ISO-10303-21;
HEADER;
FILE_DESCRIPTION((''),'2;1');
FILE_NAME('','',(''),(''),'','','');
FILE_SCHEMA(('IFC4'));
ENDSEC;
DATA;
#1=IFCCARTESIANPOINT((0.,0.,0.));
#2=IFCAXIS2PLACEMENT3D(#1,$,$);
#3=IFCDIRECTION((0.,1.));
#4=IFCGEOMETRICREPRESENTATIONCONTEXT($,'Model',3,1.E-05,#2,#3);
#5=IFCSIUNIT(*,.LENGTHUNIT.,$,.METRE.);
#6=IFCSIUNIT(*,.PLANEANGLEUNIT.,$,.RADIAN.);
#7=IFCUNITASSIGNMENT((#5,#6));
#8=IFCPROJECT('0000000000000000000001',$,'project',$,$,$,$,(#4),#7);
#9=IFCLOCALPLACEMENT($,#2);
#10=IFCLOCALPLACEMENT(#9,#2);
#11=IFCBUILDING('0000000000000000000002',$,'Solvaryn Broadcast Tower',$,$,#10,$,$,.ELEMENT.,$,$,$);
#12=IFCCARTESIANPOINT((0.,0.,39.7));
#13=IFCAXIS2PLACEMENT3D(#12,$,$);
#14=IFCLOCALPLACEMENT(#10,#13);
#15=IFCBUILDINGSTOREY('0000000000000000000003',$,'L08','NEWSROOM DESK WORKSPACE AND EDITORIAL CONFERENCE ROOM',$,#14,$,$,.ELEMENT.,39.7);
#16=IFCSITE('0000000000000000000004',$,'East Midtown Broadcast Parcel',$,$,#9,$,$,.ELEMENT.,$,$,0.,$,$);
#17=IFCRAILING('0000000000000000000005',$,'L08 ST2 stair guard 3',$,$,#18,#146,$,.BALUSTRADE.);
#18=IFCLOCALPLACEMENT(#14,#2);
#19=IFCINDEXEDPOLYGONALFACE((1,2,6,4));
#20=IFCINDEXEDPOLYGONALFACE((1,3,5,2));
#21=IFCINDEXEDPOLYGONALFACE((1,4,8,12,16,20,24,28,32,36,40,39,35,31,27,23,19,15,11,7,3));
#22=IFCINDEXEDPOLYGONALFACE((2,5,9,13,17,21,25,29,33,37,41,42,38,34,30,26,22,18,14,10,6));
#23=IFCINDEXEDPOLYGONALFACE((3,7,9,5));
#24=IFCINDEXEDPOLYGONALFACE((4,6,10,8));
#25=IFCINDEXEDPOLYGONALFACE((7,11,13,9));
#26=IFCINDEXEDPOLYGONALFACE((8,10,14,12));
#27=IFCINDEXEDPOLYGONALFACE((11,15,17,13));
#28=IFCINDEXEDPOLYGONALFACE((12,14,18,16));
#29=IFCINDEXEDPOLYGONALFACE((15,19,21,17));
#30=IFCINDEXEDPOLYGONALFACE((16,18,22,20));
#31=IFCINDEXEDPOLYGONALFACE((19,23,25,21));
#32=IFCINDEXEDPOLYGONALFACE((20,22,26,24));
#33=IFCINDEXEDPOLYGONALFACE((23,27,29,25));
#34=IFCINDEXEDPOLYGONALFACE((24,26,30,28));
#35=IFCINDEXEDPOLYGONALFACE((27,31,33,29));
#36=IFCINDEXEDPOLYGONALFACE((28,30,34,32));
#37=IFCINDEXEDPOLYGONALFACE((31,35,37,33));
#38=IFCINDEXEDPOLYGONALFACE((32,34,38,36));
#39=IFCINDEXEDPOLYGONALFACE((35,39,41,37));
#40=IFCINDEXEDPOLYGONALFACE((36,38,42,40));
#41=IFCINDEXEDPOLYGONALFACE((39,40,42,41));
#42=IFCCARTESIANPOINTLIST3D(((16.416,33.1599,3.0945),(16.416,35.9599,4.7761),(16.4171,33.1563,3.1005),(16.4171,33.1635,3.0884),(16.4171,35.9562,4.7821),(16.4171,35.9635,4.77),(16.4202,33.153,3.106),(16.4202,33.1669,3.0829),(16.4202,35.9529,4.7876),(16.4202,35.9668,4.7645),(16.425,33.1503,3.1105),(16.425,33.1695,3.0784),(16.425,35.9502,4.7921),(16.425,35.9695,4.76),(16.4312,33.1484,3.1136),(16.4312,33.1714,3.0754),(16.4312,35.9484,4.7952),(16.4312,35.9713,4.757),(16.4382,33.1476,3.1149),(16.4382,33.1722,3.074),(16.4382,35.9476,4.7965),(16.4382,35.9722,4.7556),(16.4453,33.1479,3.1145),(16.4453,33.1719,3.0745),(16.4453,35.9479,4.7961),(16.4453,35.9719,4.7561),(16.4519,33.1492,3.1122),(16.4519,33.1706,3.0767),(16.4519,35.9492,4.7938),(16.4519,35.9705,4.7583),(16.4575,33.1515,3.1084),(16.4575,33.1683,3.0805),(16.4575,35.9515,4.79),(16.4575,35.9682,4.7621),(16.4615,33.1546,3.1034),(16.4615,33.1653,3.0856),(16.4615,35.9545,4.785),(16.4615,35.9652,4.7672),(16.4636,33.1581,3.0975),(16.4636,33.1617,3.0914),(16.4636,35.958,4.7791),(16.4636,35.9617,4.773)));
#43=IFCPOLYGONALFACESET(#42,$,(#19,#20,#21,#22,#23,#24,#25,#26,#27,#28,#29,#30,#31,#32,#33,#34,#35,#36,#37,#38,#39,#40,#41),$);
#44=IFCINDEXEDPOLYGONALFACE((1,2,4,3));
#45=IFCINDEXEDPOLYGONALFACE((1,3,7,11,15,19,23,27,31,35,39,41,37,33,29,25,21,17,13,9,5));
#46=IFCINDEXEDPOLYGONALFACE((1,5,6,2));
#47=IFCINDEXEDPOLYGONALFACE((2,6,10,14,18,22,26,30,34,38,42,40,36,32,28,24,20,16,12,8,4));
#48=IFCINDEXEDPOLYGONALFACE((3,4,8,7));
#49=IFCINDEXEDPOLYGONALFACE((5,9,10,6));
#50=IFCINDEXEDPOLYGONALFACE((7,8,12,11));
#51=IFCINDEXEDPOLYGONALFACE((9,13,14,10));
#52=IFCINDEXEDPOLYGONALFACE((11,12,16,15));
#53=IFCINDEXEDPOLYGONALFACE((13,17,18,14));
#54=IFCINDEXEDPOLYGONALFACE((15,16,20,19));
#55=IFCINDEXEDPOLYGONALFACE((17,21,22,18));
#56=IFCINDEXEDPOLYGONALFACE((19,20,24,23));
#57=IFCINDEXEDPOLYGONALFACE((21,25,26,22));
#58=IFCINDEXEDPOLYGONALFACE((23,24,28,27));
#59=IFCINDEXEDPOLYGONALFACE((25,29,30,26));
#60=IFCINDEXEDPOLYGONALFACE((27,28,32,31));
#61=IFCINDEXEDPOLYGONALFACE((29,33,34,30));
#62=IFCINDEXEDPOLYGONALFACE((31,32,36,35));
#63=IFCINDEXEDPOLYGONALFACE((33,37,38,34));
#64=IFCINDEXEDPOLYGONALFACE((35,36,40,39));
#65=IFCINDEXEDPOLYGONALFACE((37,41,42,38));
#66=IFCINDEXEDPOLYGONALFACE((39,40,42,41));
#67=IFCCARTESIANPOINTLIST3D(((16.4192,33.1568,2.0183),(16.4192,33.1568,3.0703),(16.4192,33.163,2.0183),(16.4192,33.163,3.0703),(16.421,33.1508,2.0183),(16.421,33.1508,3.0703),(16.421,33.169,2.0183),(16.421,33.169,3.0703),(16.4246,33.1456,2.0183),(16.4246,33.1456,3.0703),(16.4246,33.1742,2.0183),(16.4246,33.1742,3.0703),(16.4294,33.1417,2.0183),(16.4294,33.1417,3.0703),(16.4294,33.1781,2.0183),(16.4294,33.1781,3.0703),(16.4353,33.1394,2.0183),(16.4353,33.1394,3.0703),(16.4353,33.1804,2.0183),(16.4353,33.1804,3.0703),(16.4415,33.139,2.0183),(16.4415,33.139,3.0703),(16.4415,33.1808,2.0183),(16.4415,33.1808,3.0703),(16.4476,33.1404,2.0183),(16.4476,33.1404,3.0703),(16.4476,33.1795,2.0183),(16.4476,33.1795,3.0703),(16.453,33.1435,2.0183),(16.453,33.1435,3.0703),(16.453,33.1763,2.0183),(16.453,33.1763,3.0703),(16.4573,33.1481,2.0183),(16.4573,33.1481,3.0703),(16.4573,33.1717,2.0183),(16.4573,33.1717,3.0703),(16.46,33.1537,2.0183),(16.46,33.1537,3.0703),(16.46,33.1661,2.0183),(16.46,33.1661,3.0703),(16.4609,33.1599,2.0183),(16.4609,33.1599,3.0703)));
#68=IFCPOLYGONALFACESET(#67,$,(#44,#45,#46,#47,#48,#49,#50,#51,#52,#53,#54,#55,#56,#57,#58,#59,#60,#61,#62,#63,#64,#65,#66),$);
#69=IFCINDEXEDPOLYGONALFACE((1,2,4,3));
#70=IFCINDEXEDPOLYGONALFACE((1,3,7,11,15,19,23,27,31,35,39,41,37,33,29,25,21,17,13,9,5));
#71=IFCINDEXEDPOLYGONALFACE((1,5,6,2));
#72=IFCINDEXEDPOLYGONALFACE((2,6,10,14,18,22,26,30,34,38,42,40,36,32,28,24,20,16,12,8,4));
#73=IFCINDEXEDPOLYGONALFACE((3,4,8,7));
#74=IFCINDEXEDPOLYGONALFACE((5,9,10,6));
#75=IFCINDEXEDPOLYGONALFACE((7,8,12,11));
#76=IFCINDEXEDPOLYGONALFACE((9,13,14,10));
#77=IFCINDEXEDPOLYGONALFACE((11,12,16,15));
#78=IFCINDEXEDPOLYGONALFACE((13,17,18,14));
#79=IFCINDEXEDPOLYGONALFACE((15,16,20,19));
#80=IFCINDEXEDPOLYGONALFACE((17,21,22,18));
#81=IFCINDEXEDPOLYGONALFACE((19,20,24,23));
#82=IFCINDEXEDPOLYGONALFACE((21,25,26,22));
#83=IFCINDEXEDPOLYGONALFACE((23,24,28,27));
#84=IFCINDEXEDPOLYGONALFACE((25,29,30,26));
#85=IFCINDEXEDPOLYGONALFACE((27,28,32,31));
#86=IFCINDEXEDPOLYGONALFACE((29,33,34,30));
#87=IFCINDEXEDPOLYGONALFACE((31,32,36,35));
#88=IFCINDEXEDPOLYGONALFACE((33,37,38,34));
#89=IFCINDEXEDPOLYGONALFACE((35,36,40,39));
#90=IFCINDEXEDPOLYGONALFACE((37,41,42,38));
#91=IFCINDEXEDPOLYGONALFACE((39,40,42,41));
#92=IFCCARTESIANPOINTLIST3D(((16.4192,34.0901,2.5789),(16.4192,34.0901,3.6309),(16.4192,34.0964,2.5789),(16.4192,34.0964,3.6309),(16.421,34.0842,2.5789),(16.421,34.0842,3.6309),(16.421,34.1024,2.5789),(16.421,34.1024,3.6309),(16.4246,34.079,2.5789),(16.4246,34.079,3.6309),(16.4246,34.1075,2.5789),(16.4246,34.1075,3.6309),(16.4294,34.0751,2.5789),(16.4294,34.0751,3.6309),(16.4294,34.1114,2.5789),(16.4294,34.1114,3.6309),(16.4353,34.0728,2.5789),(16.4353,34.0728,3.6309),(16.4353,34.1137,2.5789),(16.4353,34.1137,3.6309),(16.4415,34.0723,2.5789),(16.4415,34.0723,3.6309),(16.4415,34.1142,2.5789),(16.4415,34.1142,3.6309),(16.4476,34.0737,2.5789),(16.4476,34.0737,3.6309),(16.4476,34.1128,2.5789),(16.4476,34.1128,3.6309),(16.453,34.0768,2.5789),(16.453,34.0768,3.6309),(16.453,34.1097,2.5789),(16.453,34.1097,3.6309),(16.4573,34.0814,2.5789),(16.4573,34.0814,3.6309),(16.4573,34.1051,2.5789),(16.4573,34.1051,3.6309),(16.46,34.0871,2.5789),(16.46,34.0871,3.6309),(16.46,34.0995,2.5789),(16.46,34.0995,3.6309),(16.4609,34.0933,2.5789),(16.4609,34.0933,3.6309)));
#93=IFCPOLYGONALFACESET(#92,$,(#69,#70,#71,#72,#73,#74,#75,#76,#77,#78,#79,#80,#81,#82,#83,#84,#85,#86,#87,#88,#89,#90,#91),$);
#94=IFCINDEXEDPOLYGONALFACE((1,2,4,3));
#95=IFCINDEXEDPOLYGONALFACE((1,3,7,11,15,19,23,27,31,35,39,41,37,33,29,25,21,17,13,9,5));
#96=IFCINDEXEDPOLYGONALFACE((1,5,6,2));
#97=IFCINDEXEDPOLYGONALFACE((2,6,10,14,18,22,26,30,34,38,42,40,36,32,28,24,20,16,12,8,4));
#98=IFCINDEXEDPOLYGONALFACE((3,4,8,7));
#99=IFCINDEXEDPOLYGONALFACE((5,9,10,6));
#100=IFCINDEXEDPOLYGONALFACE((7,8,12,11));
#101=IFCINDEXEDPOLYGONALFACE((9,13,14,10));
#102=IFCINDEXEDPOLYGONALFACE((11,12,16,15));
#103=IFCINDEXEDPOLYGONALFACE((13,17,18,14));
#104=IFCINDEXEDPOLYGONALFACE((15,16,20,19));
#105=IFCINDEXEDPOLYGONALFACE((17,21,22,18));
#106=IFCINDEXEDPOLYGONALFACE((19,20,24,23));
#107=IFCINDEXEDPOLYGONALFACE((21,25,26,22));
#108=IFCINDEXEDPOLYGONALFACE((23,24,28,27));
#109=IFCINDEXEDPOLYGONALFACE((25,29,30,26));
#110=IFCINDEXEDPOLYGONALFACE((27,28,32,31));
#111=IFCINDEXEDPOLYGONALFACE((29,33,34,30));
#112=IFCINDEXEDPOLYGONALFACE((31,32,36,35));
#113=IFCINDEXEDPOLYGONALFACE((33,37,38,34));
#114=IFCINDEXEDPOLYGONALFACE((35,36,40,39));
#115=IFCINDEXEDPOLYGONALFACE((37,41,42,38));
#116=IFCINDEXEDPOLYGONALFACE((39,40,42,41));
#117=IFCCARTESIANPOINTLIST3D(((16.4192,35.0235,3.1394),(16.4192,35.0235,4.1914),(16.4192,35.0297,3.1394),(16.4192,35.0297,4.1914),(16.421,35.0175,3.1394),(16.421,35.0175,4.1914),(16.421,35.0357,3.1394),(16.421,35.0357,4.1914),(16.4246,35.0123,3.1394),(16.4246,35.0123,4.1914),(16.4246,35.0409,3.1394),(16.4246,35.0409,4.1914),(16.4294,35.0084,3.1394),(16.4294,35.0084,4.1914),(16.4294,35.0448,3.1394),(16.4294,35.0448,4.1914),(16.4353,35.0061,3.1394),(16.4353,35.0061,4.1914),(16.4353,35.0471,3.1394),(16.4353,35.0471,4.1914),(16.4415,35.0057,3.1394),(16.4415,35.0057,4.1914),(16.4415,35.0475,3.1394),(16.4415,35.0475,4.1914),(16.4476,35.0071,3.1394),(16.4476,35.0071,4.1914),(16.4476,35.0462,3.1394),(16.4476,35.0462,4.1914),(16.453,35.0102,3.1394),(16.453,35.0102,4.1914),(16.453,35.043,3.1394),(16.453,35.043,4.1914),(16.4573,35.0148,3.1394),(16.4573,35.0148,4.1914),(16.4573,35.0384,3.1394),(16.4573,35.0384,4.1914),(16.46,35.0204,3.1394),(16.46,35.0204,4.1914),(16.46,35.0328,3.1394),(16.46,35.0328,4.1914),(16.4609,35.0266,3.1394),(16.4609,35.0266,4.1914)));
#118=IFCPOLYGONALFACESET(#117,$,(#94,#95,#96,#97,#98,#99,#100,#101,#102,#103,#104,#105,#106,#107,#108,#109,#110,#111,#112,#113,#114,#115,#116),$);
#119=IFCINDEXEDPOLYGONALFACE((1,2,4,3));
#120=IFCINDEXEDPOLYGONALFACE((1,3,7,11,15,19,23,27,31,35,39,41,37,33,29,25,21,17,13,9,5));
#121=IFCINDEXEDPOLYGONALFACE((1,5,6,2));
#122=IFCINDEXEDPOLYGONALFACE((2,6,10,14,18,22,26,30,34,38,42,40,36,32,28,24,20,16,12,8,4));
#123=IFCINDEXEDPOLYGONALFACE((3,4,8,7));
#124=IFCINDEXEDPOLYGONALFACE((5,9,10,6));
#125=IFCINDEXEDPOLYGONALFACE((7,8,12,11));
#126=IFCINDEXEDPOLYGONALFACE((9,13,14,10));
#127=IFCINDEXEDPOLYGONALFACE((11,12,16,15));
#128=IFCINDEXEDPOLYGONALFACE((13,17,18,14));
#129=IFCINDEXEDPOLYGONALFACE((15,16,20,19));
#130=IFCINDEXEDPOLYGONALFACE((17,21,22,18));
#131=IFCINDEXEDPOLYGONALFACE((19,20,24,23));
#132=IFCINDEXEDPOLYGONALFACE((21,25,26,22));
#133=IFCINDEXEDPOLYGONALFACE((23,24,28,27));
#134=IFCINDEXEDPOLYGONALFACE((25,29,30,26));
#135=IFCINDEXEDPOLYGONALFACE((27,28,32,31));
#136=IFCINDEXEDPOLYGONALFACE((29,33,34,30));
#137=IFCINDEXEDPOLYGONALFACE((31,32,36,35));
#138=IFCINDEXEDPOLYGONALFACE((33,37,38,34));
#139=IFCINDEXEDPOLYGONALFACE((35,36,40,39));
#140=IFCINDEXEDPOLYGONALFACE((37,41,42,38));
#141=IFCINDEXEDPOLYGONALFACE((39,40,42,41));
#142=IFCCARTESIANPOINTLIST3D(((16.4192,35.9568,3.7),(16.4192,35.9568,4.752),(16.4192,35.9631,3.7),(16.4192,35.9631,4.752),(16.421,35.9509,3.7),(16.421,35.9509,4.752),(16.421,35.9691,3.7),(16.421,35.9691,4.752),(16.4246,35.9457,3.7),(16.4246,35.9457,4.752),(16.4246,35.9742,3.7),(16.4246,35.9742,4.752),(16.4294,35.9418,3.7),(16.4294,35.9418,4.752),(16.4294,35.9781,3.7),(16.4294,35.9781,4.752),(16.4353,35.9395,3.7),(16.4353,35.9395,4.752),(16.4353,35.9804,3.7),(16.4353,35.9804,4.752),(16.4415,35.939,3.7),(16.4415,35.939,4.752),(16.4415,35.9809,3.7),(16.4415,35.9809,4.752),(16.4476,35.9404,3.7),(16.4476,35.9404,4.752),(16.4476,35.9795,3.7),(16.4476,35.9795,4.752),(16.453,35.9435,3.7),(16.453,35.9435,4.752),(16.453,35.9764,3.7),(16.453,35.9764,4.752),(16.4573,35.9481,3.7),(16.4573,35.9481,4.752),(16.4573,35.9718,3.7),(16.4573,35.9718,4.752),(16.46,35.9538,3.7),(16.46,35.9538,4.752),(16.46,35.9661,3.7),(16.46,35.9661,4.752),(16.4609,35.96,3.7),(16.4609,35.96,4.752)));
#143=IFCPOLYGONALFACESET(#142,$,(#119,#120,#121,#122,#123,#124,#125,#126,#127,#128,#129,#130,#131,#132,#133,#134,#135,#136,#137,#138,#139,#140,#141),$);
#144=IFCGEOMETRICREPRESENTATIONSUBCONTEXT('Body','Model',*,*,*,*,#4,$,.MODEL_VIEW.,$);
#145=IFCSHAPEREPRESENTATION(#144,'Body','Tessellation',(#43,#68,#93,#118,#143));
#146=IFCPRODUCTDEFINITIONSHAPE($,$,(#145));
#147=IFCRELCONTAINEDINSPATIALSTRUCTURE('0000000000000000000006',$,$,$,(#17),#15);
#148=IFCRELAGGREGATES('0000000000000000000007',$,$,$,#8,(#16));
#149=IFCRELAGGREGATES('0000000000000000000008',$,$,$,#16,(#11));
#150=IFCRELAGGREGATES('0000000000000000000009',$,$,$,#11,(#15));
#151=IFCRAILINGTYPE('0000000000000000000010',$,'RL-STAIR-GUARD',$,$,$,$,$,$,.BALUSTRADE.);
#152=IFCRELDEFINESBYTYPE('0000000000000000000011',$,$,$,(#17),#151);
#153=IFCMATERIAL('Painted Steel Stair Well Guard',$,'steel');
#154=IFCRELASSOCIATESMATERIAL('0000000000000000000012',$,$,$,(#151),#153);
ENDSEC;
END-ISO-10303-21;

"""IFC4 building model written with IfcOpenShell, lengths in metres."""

from ifc_helpers import new_model, si_unit, direction, frame, origin, origin_2d, place, context, subcontext, project, spatial, circle, extrude, material, type_object, element, save


model = new_model("IFC4")

# Units and contexts
model_context = context("Model", 3, precision=1e-05, world=origin(), true_north=direction((0.0, 1.0)))
body_context = subcontext(model_context, "Body", "Model", "MODEL_VIEW")
ifc_project = project(units=[si_unit("LENGTHUNIT", "METRE"), si_unit("PLANEANGLEUNIT", "RADIAN")], contexts=[model_context])

# Site, building, storey
site_placement = place(None, origin())
site = spatial("IfcSite", under=ifc_project, at=site_placement, Name="East Midtown Broadcast Parcel", CompositionType="ELEMENT", RefElevation=0.0)
building_placement = place(site_placement, origin())
building = spatial("IfcBuilding", under=site, at=building_placement, Name="Solvaryn Broadcast Tower", CompositionType="ELEMENT")
storey_placement = place(building_placement, frame((0.0, 0.0, 39.7)))
storey = spatial("IfcBuildingStorey", under=building, at=storey_placement, Name="L08", Description="NEWSROOM DESK WORKSPACE AND EDITORIAL CONFERENCE ROOM", CompositionType="ELEMENT", Elevation=39.7)

# Railing
ifc_material_1 = material(Name="Painted Steel Stair Well Guard", Category="steel")
railing_type_1 = type_object("IfcRailingType", Name="RL-STAIR-GUARD", PredefinedType="BALUSTRADE", material=ifc_material_1)
railing_1_placement = place(storey_placement, frame((16.4399, 33.1599, 2.0183)))
element("IfcRailing", 1, at=railing_1_placement, inside=storey, type_object=railing_type_1, Name="L08 ST2 stair guard 3", PredefinedType="BALUSTRADE", context=body_context, shape_type="SweptSolid", body=[
    extrude(circle(Radius=0.0239, at=origin_2d()), frame((0.0, 0.0, 1.0762), z_axis=(0.0, 0.857275, 0.514858), x_axis=(-1.0, 0.0, 0.0)), (0.0, 0.0, 1.0), 3.2661),
    extrude(circle(Radius=0.021, at=origin_2d()), origin(), (0.0, 0.0, 1.0), 1.052),
    extrude(circle(Radius=0.021, at=origin_2d()), frame((0.0, 0.9333, 0.5605)), (0.0, 0.0, 1.0), 1.052),
    extrude(circle(Radius=0.021, at=origin_2d()), frame((0.0, 1.8667, 1.1211)), (0.0, 0.0, 1.0), 1.052),
    extrude(circle(Radius=0.021, at=origin_2d()), frame((0.0, 2.8, 1.6816)), (0.0, 0.0, 1.0), 1.052),
])

save(model, "model.ifc")
